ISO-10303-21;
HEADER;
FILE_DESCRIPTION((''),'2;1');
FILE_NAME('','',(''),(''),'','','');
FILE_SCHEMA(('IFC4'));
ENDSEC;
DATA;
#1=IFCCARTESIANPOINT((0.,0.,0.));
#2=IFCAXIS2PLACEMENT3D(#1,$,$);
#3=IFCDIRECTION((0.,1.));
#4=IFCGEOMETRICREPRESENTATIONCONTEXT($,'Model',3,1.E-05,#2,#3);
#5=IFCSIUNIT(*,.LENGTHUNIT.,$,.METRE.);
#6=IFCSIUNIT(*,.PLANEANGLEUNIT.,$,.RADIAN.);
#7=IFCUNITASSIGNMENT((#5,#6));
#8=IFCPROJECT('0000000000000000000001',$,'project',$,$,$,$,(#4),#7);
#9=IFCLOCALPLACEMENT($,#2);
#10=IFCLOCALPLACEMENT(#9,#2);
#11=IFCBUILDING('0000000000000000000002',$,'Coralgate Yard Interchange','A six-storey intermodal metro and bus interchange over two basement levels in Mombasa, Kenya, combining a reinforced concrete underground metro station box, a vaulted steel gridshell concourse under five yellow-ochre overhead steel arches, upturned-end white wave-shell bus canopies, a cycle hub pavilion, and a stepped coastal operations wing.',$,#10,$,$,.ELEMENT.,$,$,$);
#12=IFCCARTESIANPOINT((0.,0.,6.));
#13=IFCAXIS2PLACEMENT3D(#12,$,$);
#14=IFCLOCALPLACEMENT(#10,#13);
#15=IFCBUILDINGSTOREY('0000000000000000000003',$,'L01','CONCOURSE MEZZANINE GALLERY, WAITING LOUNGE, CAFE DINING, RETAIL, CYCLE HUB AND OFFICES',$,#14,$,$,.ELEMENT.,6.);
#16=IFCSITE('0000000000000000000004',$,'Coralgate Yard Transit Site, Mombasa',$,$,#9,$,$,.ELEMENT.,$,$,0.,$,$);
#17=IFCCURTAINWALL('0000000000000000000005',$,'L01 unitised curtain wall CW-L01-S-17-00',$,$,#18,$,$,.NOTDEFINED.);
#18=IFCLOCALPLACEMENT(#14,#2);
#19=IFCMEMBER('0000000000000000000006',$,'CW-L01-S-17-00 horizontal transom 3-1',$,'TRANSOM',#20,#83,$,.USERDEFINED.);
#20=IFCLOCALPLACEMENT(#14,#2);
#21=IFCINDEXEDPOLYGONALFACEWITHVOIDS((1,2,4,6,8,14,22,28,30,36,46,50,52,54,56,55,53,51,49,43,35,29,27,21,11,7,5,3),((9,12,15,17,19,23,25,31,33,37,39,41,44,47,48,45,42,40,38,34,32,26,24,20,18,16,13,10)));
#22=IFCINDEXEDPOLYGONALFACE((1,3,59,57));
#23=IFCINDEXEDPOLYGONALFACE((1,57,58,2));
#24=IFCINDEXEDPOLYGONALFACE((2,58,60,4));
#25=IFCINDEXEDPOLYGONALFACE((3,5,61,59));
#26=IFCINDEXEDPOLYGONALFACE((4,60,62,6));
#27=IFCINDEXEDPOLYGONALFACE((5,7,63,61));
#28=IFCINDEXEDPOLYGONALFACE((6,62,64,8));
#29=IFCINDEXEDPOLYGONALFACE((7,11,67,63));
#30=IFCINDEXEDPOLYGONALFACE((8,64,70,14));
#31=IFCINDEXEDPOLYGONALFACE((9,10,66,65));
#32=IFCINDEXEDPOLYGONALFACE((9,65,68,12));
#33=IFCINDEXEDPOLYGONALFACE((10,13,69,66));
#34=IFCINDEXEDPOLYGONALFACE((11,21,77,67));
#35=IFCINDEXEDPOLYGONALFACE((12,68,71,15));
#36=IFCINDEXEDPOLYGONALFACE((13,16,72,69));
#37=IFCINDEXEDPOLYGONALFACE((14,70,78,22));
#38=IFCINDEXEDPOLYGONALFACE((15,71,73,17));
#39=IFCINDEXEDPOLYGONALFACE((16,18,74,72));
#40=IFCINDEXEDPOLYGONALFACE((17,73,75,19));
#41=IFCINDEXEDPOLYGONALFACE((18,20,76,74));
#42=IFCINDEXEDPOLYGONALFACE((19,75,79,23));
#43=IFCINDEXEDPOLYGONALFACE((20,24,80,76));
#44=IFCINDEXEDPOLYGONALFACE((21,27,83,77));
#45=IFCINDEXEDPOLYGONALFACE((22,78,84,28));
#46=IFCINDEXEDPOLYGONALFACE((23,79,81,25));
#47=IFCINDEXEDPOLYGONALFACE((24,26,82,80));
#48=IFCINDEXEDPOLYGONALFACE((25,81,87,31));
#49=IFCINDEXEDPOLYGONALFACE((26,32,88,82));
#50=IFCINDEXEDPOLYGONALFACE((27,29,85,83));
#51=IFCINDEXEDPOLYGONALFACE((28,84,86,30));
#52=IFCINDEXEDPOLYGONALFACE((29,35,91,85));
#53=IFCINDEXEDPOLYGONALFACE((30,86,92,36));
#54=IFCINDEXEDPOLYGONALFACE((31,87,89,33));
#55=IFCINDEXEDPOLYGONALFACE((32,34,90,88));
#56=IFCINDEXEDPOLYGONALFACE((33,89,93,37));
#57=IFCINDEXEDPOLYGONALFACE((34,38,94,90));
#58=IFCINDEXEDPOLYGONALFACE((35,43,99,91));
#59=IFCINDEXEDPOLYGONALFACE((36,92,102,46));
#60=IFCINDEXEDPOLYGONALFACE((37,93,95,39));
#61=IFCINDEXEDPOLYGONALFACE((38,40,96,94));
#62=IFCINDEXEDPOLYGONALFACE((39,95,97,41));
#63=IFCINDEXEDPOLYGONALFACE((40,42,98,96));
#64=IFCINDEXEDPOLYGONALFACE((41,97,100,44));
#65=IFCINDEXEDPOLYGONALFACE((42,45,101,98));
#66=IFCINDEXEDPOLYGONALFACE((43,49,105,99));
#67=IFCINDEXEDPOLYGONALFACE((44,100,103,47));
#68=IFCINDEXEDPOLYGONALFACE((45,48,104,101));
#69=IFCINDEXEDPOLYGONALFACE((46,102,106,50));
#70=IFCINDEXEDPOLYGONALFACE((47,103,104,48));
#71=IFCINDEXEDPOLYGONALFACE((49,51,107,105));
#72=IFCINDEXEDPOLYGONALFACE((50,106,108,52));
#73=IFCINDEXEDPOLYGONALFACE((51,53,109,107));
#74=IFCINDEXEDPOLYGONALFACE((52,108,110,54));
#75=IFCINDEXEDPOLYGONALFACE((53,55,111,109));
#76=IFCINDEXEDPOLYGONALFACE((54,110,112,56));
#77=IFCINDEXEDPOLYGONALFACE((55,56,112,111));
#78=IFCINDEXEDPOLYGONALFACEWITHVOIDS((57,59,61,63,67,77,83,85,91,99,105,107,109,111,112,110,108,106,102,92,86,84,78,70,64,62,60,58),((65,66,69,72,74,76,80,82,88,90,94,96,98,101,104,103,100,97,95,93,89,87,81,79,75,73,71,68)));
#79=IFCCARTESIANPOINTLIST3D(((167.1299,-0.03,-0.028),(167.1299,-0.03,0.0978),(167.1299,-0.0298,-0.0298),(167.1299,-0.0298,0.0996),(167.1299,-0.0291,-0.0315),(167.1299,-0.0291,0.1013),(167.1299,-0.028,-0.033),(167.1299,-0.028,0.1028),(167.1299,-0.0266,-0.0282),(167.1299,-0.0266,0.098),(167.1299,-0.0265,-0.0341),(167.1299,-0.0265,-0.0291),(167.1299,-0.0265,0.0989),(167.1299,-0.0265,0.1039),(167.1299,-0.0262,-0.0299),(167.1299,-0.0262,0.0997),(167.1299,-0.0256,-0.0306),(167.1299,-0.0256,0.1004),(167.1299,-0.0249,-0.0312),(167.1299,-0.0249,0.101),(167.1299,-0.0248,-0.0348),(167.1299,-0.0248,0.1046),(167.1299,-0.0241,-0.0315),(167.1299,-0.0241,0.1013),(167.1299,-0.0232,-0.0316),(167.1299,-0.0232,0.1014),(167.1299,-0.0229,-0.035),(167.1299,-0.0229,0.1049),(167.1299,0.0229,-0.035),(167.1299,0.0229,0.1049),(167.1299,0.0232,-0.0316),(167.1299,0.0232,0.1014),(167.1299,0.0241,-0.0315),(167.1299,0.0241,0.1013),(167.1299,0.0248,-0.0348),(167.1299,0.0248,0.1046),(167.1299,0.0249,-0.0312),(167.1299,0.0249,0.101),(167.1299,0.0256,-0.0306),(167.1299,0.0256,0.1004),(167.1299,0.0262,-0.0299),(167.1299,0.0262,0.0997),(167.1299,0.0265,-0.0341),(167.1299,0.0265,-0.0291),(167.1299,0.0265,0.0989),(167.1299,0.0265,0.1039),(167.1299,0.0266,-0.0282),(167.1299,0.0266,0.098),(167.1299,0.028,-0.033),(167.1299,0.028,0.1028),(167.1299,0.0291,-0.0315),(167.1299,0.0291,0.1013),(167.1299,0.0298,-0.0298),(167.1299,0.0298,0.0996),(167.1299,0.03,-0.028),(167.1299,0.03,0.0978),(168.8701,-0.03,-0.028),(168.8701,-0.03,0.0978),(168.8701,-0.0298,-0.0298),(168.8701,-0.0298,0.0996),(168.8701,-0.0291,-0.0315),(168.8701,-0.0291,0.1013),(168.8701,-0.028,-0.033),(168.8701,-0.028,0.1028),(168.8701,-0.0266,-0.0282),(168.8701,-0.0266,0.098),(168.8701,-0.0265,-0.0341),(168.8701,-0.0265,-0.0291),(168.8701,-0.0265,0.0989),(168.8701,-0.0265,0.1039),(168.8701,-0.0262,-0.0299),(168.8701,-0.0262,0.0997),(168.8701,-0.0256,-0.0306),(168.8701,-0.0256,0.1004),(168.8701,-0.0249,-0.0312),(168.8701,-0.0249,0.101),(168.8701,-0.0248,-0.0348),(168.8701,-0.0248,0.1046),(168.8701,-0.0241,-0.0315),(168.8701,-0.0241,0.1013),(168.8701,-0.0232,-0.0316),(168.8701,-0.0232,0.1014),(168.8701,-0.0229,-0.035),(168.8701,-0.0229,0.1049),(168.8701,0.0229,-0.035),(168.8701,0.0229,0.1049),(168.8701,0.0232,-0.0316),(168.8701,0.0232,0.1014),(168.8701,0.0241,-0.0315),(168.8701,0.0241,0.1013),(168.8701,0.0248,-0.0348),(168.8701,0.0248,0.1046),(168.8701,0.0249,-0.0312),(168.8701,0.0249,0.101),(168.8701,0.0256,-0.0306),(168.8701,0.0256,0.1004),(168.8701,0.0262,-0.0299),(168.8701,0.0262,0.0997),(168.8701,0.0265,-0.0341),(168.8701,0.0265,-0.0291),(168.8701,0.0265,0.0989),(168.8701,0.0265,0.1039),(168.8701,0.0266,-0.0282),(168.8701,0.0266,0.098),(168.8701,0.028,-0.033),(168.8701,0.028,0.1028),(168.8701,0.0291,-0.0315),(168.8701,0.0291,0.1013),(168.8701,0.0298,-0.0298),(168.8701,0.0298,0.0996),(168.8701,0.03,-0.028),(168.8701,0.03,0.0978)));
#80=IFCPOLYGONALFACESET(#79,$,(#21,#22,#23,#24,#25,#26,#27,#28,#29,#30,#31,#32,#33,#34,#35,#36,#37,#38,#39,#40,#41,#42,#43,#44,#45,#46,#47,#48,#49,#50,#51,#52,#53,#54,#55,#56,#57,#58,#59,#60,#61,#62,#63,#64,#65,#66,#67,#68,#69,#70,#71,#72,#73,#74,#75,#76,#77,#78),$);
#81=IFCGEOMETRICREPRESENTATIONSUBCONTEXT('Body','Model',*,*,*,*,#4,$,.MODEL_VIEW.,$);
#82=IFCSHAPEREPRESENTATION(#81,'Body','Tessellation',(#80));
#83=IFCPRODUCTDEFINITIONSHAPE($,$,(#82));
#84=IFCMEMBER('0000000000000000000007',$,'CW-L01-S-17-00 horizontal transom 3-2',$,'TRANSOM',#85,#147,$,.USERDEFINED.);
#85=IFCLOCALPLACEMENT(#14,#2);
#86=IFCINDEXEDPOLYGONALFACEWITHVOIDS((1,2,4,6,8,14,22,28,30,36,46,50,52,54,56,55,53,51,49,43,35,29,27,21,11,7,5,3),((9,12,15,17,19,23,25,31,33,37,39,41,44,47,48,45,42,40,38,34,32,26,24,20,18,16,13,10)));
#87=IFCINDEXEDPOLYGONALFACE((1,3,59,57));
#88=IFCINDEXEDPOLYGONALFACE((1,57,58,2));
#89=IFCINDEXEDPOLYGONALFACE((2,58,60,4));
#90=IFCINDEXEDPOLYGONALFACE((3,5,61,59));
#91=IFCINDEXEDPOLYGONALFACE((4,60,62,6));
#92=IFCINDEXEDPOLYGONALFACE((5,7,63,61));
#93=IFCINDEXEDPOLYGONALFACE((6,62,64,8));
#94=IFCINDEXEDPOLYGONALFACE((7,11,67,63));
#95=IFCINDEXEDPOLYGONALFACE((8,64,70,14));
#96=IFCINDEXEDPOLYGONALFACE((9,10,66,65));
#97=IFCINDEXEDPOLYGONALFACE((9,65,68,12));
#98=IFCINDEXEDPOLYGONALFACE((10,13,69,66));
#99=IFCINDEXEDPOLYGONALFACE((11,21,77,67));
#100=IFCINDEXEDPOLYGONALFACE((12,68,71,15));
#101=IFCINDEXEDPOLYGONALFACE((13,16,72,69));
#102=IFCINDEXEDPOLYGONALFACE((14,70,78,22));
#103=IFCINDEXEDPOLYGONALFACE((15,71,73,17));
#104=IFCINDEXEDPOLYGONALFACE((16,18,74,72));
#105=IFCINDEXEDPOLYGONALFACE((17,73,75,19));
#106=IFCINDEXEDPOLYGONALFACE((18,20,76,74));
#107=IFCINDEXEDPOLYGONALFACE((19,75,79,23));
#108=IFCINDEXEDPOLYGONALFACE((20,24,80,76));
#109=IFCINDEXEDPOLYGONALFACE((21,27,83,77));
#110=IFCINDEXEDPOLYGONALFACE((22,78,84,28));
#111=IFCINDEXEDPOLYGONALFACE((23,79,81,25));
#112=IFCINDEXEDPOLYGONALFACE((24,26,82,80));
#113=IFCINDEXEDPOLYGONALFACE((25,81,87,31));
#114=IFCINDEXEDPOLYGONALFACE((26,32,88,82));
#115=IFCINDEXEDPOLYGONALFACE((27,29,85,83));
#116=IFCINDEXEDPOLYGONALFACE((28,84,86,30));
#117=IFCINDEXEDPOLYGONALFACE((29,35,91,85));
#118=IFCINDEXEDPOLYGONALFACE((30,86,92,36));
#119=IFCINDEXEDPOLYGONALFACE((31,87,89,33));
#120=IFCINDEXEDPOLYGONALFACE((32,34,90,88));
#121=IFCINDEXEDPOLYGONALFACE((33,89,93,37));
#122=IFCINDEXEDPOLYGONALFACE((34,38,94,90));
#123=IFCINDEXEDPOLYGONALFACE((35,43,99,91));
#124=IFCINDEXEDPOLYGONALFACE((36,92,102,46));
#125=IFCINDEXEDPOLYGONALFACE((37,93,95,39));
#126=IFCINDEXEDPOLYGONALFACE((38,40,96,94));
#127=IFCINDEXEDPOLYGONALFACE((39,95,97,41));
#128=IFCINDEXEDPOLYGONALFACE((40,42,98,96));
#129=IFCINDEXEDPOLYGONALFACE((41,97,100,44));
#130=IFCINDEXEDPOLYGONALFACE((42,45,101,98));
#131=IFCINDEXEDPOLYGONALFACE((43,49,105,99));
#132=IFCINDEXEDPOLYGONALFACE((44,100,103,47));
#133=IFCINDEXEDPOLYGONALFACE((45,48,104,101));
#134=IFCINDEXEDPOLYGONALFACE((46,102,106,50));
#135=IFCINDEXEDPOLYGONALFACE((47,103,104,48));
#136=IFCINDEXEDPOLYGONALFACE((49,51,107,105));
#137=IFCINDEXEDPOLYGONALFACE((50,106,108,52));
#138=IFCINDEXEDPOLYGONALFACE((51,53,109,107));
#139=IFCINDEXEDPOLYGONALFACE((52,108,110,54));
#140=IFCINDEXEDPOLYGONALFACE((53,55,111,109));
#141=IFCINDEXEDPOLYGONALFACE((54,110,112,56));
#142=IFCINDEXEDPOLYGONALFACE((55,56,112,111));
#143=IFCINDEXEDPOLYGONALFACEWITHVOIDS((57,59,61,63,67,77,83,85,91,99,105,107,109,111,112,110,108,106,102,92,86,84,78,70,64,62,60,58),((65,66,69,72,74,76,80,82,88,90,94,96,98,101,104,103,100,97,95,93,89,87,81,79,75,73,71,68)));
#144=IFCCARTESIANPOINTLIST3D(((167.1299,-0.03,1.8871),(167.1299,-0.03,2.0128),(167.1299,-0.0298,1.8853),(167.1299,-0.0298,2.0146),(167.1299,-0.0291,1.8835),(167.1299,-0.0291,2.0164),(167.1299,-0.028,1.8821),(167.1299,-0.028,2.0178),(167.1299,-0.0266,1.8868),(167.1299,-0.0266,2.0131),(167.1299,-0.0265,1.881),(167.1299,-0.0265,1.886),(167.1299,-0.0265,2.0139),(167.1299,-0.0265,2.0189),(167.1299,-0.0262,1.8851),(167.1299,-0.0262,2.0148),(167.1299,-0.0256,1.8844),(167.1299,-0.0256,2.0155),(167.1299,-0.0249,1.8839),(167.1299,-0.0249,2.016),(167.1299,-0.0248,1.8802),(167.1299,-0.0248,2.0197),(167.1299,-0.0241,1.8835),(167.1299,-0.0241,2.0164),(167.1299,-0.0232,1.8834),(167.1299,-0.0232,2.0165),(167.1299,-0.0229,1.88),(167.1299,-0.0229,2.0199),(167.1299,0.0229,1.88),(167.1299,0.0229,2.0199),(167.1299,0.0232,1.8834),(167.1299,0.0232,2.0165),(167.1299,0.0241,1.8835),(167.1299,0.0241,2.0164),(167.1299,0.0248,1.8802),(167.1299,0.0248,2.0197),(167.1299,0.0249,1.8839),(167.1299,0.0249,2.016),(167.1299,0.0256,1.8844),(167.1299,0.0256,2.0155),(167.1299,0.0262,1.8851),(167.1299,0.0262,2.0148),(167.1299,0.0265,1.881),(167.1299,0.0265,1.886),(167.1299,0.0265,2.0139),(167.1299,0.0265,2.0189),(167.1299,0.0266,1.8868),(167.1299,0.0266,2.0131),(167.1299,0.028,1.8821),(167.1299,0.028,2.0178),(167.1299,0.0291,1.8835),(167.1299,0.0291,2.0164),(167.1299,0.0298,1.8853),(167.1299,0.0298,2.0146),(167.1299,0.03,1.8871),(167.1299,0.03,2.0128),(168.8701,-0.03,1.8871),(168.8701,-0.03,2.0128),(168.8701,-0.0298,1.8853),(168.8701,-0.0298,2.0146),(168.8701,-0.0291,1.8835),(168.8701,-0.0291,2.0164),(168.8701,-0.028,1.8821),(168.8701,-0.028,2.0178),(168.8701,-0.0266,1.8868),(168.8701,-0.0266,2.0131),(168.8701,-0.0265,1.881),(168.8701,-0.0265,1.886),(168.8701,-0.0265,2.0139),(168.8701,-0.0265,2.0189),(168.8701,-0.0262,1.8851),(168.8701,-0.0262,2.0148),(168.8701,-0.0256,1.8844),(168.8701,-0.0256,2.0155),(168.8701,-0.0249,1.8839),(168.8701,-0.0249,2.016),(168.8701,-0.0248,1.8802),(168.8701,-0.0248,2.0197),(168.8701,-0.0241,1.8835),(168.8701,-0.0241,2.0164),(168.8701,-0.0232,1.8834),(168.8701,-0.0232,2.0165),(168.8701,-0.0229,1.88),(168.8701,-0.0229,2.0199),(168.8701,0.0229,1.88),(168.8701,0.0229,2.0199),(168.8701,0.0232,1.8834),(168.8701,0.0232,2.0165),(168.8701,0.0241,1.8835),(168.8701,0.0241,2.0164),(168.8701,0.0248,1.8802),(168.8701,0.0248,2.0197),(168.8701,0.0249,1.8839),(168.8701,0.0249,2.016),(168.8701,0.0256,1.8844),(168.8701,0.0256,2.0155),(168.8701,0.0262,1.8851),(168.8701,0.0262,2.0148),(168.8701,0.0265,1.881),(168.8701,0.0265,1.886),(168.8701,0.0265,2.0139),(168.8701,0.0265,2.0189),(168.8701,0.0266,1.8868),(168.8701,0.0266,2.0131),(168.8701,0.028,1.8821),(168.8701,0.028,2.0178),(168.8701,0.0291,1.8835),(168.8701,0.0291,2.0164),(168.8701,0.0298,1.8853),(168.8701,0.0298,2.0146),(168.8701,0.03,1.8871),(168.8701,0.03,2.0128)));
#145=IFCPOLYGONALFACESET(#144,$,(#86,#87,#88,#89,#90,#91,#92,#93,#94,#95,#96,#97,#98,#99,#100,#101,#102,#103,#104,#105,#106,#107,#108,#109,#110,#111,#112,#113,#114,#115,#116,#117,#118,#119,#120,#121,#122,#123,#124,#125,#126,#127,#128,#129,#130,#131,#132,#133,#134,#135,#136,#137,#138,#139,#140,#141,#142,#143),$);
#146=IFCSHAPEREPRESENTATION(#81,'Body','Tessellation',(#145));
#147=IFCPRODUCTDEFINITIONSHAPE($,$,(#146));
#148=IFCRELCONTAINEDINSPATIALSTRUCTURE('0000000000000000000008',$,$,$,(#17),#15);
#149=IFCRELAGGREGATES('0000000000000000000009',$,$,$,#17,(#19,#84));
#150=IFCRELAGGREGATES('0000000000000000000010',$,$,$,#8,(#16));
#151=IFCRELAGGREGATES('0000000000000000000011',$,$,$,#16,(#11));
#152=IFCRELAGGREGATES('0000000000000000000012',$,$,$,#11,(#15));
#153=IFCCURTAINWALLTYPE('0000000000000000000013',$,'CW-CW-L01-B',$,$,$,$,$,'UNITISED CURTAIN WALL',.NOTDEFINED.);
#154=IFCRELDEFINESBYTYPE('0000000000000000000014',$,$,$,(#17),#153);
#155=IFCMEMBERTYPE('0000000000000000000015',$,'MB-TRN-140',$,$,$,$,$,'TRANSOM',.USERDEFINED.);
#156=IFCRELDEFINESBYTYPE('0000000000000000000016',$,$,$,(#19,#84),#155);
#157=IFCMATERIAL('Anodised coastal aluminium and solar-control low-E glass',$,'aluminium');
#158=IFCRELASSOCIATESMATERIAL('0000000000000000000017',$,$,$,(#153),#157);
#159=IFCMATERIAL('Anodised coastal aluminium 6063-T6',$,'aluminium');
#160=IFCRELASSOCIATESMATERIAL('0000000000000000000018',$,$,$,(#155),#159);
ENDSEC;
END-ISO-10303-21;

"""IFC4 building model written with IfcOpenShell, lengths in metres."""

from ifc_helpers import new_model, si_unit, direction, frame, origin, origin_2d, place, context, subcontext, project, spatial, hollow_rectangle, extrude, material, material_profile, profile_set, type_object, element, aggregate, save


model = new_model("IFC4")

# Units and contexts
model_context = context("Model", 3, precision=1e-05, world=origin(), true_north=direction((0.0, 1.0)))
body_context = subcontext(model_context, "Body", "Model", "MODEL_VIEW")
ifc_project = project(units=[si_unit("LENGTHUNIT", "METRE"), si_unit("PLANEANGLEUNIT", "RADIAN")], contexts=[model_context])

# Site, building, storey
site_placement = place(None, origin())
site = spatial("IfcSite", under=ifc_project, at=site_placement, Name="Coralgate Yard Transit Site, Mombasa", CompositionType="ELEMENT", RefElevation=0.0)
building_placement = place(site_placement, origin())
building = spatial("IfcBuilding", under=site, at=building_placement, Name="Coralgate Yard Interchange", Description="A six-storey intermodal metro and bus interchange over two basement levels in Mombasa, Kenya, combining a reinforced concrete underground metro station box, a vaulted steel gridshell concourse under five yellow-ochre overhead steel arches, upturned-end white wave-shell bus canopies, a cycle hub pavilion, and a stepped coastal operations wing.", CompositionType="ELEMENT")
storey_placement = place(building_placement, frame((0.0, 0.0, 6.0)))
storey = spatial("IfcBuildingStorey", under=building, at=storey_placement, Name="L01", Description="CONCOURSE MEZZANINE GALLERY, WAITING LOUNGE, CAFE DINING, RETAIL, CYCLE HUB AND OFFICES", CompositionType="ELEMENT", Elevation=6.0)

# Curtain wall, members
ifc_material_1 = material(Name="Anodised coastal aluminium and solar-control low-E glass", Category="aluminium")
curtain_wall_type = type_object("IfcCurtainWallType", Name="CW-CW-L01-B", ElementType="UNITISED CURTAIN WALL", PredefinedType="NOTDEFINED", material=ifc_material_1)
curtain_wall_placement = place(storey_placement, origin())
curtain_wall = element("IfcCurtainWall", 1, at=curtain_wall_placement, inside=storey, type_object=curtain_wall_type, Name="L01 unitised curtain wall CW-L01-S-17-00", PredefinedType="NOTDEFINED")
ifc_material_2 = material(Name="Anodised coastal aluminium 6063-T6", Category="aluminium")
ifc_material_profile_1 = material_profile(ifc_material_2, hollow_rectangle(XDim=0.0601, YDim=0.1399, WallThickness=0.0034, InnerFilletRadius=0.0034, OuterFilletRadius=0.0071, at=origin_2d()), Name="ALU 60x140x3.5")
ifc_profile_set_1 = profile_set([ifc_material_profile_1], Name="Anodised coastal aluminium 6063-T6")
member_type_1 = type_object("IfcMemberType", Name="MB-TRN-140", ElementType="TRANSOM", PredefinedType="USERDEFINED", material=ifc_profile_set_1)
member_1_placement = place(storey_placement, frame((168.8701, 0.0, 0.0349), z_axis=(-1.0, 0.0, 0.0), x_axis=(0.0, -1.0, 0.0)))
member_1 = element("IfcMember", 2, at=member_1_placement, type_object=member_type_1, Name="CW-L01-S-17-00 horizontal transom 3-1", ObjectType="TRANSOM", PredefinedType="USERDEFINED", context=body_context, shape_type="SweptSolid", body=[
    extrude(hollow_rectangle(XDim=0.0601, YDim=0.1399, WallThickness=0.0034, InnerFilletRadius=0.0034, OuterFilletRadius=0.0071, at=origin_2d()), origin(), (0.0, 0.0, 1.0), 1.7402),
])
member_2_placement = place(storey_placement, frame((168.8701, 0.0, 1.95), z_axis=(-1.0, 0.0, 0.0), x_axis=(0.0, -1.0, 0.0)))
member_2 = element("IfcMember", 3, at=member_2_placement, type_object=member_type_1, Name="CW-L01-S-17-00 horizontal transom 3-2", ObjectType="TRANSOM", PredefinedType="USERDEFINED", context=body_context, shape_type="SweptSolid", body=[
    extrude(hollow_rectangle(XDim=0.0601, YDim=0.1399, WallThickness=0.0034, InnerFilletRadius=0.0034, OuterFilletRadius=0.0071, at=origin_2d()), origin(), (0.0, 0.0, 1.0), 1.7402),
])
aggregate(curtain_wall, [member_1, member_2])

save(model, "model.ifc")
